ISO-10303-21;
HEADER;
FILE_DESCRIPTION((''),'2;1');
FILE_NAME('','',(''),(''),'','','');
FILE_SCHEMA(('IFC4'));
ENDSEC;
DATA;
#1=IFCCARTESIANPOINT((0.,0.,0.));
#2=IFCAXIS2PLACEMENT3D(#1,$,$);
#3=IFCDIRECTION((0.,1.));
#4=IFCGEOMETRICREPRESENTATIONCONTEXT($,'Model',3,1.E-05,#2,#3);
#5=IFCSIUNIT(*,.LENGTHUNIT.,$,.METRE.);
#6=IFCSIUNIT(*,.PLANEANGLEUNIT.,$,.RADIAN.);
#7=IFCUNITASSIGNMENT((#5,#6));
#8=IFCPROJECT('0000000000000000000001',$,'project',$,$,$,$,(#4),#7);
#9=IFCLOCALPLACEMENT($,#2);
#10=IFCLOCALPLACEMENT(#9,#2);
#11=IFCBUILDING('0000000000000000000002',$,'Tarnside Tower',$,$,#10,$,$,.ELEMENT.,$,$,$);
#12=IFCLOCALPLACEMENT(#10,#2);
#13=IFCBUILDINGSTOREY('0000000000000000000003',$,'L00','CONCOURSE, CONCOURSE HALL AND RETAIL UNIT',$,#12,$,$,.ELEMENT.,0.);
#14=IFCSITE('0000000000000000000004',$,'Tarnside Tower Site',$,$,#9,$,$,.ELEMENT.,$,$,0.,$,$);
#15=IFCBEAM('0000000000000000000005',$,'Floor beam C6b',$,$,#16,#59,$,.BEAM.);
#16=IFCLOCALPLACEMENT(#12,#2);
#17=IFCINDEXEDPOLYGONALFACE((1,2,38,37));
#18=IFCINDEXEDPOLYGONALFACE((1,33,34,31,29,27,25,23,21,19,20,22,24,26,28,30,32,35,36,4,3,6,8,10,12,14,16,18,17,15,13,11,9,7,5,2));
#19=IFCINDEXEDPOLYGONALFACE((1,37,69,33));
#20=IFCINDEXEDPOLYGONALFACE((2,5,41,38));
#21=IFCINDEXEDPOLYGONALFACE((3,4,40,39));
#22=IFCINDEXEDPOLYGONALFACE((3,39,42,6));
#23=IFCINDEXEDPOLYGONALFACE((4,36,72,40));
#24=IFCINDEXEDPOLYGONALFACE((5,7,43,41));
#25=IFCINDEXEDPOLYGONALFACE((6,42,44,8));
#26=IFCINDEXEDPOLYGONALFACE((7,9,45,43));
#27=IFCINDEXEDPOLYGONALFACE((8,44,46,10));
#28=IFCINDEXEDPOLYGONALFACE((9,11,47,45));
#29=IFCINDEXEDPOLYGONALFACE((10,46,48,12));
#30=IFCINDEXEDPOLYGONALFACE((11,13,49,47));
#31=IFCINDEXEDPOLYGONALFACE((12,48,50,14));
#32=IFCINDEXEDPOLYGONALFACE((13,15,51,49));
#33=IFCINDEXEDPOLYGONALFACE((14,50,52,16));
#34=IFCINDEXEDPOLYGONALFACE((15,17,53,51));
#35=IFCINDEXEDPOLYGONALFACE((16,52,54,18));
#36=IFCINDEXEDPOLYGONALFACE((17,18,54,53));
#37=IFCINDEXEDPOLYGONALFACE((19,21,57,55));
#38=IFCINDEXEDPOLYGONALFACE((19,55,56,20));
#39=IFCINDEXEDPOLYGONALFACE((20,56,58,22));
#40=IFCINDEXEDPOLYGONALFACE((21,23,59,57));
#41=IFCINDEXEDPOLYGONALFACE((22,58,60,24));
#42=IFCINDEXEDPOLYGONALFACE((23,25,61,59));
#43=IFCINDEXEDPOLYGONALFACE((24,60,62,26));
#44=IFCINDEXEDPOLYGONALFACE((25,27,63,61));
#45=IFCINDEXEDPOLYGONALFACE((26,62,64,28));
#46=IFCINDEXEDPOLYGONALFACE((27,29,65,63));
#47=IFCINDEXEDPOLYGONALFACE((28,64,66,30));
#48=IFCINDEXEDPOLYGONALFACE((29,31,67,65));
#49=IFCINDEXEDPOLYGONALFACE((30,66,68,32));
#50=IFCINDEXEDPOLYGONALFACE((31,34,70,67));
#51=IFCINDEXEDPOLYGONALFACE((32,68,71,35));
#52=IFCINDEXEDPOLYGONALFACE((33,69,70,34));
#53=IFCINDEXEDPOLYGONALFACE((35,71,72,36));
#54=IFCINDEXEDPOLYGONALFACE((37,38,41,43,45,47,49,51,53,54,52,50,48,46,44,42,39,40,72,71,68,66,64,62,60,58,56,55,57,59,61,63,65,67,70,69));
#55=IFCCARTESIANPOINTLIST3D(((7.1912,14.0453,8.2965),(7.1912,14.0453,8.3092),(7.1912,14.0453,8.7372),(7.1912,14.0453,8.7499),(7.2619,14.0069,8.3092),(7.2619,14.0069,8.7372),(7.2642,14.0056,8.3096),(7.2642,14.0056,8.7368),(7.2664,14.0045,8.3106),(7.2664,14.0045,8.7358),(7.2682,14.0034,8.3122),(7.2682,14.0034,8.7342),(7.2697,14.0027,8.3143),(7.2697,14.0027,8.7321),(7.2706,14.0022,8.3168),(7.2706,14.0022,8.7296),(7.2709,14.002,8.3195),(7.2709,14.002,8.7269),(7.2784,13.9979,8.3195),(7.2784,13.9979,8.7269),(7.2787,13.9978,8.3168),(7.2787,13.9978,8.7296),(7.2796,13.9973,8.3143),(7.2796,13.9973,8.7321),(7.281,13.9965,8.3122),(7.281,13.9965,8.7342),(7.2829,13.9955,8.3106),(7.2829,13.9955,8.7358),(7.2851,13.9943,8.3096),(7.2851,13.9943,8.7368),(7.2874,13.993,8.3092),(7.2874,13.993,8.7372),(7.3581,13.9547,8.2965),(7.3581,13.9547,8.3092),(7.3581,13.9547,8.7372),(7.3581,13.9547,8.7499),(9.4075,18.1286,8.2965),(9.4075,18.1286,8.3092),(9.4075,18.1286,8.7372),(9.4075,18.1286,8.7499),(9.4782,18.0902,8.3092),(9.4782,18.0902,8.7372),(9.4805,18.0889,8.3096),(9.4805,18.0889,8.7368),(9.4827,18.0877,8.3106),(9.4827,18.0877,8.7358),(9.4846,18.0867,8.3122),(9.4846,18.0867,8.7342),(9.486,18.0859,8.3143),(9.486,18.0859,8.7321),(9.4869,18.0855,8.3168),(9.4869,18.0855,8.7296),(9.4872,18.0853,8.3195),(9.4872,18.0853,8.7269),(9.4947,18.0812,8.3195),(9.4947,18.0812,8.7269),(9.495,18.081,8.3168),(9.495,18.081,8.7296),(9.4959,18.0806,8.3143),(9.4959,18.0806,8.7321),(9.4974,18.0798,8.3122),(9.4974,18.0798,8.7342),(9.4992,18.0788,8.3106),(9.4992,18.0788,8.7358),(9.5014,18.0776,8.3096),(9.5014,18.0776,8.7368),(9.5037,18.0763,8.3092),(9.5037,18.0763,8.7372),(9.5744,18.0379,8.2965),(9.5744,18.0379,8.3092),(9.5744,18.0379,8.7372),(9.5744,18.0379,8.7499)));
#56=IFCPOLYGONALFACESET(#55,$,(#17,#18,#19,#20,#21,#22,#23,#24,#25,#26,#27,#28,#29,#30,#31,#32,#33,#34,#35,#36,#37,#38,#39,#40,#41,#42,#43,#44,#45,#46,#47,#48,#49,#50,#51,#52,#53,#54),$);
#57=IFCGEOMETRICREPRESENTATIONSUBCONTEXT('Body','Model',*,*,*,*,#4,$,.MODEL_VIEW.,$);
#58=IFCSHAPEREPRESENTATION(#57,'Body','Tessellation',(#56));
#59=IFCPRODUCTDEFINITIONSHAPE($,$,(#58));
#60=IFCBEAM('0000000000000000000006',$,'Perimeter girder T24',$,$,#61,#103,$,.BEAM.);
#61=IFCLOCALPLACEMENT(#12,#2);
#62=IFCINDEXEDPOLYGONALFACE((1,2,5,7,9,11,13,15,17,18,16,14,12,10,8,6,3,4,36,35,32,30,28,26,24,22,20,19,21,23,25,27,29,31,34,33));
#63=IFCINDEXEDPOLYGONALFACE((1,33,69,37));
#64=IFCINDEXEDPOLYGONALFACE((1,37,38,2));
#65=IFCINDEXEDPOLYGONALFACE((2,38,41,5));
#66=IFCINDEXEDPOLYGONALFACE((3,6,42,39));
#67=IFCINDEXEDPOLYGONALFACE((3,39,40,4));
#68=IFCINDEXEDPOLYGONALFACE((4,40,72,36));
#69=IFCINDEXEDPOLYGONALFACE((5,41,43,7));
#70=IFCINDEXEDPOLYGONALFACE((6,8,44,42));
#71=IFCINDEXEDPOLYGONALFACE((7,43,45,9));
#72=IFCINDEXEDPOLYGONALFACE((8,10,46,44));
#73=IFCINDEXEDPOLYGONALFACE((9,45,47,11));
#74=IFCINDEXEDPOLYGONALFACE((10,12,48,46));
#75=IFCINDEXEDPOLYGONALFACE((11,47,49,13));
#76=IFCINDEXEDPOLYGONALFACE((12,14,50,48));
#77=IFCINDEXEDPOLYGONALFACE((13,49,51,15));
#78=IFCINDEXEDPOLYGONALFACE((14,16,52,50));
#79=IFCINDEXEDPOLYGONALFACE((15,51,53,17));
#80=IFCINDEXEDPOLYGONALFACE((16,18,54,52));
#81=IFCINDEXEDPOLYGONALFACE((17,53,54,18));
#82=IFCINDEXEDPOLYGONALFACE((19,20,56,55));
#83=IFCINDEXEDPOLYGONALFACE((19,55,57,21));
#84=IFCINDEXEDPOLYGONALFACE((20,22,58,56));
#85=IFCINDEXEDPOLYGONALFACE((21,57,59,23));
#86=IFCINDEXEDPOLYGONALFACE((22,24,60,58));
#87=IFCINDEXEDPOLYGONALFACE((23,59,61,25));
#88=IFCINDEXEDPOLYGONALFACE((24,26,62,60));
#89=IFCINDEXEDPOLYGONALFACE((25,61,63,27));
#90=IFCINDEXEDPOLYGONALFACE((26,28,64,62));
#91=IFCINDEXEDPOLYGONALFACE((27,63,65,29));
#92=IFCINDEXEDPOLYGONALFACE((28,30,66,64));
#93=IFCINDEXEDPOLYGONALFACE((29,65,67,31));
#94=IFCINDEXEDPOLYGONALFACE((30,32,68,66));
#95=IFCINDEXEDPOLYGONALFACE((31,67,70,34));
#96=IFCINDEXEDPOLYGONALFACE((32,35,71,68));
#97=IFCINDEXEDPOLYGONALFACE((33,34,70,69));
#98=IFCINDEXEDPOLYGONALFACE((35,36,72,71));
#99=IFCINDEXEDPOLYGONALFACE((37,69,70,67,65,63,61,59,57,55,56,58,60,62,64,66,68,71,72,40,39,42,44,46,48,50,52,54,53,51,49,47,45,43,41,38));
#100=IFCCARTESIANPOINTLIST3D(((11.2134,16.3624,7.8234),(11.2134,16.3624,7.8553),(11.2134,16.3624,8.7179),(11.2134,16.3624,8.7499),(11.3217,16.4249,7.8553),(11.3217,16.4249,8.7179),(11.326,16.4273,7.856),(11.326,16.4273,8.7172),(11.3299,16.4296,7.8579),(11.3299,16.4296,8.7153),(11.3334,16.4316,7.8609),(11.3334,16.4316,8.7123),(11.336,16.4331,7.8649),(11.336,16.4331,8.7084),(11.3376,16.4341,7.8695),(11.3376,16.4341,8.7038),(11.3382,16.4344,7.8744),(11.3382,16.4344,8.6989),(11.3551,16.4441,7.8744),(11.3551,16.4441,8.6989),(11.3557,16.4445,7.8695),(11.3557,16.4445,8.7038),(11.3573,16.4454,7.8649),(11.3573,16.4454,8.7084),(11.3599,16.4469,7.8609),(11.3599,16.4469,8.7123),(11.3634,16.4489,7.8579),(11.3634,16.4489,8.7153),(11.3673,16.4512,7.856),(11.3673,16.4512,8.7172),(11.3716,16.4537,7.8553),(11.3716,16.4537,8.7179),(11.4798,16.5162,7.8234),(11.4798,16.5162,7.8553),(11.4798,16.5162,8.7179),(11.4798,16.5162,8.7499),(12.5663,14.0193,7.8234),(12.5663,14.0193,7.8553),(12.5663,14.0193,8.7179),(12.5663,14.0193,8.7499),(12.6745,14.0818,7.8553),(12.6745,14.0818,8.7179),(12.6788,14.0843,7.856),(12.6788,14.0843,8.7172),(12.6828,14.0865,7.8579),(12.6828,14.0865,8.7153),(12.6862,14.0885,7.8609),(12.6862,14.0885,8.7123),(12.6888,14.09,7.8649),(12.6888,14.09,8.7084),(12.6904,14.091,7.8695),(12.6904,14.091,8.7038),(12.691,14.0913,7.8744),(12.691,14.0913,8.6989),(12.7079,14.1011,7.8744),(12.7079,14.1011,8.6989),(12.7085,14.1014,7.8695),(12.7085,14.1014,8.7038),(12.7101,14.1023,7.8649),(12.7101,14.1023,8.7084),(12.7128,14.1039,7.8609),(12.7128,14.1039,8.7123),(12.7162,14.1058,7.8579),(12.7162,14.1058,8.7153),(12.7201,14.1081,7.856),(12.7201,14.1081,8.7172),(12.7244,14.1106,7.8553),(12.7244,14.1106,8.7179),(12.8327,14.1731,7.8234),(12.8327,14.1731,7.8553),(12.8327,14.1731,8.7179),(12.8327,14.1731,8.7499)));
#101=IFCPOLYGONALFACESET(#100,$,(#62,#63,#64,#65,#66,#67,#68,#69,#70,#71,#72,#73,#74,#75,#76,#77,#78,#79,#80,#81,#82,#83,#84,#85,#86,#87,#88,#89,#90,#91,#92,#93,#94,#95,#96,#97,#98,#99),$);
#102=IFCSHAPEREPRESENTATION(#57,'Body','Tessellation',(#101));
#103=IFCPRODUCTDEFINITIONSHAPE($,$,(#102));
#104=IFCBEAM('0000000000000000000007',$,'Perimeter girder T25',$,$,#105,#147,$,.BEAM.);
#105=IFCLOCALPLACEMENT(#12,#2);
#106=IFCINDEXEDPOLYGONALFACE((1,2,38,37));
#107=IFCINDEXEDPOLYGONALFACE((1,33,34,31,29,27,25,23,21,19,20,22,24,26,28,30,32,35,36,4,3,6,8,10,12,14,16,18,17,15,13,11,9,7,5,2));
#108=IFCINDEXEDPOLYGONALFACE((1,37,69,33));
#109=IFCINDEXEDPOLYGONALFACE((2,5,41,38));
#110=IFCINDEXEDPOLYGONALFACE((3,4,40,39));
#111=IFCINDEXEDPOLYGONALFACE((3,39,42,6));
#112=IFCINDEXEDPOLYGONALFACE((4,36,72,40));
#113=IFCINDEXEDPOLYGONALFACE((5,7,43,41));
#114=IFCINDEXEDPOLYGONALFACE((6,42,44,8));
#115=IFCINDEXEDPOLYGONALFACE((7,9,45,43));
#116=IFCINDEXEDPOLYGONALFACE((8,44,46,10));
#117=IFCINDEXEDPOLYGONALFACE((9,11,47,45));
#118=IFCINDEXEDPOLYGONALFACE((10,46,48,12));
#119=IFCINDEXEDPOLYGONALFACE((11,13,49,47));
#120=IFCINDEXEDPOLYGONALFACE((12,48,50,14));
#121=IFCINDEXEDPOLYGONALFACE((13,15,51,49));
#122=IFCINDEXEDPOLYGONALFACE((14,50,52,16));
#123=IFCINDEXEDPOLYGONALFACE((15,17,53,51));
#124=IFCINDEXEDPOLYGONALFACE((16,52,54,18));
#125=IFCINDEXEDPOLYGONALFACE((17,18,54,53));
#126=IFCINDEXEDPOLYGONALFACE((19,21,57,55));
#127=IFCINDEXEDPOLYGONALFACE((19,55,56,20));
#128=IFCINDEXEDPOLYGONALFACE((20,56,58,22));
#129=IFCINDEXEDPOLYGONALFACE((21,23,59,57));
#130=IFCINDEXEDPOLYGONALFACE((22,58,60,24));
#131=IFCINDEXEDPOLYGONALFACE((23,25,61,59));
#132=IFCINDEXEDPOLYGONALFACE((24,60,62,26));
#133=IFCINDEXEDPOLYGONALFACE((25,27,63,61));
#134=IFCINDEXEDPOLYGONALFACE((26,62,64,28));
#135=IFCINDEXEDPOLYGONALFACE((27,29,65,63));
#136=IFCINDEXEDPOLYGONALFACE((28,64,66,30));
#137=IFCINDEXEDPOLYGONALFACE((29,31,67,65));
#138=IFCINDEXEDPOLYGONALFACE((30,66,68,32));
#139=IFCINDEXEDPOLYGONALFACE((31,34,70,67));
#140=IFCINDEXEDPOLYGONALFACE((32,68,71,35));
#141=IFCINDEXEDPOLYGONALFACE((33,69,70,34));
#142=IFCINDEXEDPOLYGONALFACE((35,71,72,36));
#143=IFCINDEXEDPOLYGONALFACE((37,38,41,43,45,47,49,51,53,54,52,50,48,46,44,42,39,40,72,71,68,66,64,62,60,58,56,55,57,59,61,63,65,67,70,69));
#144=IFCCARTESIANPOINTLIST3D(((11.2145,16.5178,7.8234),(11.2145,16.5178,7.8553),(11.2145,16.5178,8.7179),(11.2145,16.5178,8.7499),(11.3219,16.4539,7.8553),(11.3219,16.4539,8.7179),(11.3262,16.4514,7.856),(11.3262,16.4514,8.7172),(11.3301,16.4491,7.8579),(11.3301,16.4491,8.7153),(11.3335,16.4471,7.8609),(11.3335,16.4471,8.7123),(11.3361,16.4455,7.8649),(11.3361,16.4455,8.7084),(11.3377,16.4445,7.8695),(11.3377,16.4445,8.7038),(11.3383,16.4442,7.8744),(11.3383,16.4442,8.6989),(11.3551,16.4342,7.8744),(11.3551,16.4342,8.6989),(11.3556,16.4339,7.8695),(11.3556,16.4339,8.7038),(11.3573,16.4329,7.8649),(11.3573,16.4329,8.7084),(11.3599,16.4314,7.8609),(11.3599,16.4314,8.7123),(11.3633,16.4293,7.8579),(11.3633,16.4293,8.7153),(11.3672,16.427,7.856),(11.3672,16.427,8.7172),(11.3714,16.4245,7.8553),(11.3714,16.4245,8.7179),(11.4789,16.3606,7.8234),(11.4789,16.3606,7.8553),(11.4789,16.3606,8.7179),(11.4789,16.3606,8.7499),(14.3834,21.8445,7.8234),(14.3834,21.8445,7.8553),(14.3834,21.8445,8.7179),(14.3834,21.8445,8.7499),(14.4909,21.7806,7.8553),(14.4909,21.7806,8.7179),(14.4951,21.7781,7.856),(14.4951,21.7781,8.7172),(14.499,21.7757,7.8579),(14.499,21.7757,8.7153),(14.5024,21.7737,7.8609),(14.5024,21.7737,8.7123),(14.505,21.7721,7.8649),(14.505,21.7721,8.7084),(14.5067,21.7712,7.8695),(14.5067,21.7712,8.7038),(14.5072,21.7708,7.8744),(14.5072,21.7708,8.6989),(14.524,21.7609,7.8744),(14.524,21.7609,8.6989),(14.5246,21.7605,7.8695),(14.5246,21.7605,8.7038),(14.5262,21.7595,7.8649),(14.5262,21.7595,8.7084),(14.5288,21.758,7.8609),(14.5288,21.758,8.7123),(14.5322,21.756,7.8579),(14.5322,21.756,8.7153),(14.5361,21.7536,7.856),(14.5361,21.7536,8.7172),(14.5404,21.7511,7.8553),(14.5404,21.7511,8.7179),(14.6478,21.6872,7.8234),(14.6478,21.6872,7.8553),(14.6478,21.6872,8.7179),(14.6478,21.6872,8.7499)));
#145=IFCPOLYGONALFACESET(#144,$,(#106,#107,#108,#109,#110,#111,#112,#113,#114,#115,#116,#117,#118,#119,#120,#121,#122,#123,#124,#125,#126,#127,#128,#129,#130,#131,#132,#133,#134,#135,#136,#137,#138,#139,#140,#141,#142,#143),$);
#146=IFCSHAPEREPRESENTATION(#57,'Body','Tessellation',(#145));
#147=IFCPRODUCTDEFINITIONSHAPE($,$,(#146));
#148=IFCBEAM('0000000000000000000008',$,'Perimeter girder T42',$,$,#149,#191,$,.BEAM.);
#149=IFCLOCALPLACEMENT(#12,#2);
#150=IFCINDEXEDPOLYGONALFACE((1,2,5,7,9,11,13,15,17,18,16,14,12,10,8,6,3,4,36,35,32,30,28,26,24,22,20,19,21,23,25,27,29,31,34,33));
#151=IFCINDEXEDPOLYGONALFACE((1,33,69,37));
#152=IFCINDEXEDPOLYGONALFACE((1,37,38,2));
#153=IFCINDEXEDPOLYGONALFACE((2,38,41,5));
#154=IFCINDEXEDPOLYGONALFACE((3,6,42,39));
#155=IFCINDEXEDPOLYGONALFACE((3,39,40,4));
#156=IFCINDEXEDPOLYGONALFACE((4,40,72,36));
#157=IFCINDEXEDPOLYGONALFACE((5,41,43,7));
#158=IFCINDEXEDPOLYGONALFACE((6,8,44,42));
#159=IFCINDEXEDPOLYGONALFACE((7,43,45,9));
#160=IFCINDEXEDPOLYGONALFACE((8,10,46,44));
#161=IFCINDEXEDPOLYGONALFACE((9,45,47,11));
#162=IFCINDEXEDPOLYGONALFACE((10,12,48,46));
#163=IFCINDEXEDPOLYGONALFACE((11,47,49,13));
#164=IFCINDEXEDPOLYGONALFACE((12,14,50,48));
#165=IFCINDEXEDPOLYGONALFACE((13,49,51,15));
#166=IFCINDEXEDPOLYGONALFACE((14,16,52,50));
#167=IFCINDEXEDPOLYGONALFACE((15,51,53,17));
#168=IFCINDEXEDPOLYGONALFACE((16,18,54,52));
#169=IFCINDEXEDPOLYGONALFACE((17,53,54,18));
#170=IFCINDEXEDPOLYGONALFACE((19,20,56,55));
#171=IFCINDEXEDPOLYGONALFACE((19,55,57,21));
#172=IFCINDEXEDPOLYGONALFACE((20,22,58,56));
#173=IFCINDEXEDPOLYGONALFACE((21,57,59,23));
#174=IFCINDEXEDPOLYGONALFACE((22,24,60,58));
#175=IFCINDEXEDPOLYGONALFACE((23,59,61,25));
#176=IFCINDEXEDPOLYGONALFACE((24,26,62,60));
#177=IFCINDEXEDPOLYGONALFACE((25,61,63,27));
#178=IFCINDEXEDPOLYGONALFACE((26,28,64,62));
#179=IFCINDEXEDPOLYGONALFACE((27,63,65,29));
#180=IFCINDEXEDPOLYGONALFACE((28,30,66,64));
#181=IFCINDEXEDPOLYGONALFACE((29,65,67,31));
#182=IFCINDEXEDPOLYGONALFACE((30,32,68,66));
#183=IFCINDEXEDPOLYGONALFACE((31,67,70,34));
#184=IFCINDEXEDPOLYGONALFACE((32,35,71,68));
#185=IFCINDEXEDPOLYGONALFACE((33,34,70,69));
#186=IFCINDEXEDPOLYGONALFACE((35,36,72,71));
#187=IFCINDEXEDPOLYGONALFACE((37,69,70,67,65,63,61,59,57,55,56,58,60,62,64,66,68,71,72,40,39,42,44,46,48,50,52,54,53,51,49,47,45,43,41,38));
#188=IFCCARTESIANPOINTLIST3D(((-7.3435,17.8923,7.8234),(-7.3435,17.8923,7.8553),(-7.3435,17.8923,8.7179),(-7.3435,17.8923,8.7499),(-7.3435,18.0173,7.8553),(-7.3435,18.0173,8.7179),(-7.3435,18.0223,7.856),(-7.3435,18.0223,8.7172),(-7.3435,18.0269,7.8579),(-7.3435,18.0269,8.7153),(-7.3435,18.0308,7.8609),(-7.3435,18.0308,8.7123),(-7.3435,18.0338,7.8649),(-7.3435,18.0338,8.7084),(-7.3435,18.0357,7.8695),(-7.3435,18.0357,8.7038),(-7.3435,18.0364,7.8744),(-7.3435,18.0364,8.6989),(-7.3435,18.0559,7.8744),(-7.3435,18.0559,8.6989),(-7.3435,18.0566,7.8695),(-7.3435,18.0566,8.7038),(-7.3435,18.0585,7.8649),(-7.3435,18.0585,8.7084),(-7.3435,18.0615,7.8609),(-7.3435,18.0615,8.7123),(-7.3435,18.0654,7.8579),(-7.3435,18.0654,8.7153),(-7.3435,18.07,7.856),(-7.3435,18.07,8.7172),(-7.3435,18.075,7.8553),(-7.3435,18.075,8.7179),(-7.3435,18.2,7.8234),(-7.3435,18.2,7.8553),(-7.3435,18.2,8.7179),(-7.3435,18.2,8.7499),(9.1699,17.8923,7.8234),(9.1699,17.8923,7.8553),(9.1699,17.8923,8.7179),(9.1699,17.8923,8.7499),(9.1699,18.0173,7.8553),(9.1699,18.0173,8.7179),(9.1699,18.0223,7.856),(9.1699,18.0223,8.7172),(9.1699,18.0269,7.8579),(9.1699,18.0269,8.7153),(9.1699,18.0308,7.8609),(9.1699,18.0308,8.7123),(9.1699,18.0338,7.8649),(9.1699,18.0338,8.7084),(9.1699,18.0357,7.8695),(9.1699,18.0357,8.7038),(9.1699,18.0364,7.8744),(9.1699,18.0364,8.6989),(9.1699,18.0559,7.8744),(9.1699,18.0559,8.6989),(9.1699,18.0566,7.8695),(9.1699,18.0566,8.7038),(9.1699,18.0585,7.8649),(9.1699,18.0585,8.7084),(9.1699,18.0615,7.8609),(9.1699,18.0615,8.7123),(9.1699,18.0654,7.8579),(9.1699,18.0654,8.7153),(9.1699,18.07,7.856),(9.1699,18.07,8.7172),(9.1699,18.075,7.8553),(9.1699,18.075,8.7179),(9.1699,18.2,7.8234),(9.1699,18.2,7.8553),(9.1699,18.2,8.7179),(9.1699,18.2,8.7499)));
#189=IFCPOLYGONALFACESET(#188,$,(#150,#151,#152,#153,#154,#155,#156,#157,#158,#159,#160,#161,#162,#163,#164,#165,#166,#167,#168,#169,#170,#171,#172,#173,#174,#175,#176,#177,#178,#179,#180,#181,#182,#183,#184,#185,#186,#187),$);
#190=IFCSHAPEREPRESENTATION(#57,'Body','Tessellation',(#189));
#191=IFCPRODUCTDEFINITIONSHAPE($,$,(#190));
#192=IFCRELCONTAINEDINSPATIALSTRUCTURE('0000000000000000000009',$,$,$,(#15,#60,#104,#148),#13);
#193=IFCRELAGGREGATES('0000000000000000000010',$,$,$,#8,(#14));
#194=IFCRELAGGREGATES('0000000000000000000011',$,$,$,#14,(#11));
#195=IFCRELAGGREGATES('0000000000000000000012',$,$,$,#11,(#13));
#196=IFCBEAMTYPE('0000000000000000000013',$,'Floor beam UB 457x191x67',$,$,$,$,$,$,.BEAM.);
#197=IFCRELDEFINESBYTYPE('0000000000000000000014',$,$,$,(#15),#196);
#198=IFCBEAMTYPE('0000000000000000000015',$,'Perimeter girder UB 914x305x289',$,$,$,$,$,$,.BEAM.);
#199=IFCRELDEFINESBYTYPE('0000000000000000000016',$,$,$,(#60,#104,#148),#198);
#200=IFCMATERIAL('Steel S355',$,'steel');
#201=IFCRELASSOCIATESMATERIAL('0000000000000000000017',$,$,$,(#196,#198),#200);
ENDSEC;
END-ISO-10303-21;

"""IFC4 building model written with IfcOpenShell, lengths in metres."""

from ifc_helpers import new_model, si_unit, direction, frame, origin, origin_2d, place, context, subcontext, project, spatial, i_section, extrude, material, material_profile, profile_set, type_object, element, save


model = new_model("IFC4")

# Units and contexts
model_context = context("Model", 3, precision=1e-05, world=origin(), true_north=direction((0.0, 1.0)))
body_context = subcontext(model_context, "Body", "Model", "MODEL_VIEW")
ifc_project = project(units=[si_unit("LENGTHUNIT", "METRE"), si_unit("PLANEANGLEUNIT", "RADIAN")], contexts=[model_context])

# Site, building, storey
site_placement = place(None, origin())
site = spatial("IfcSite", under=ifc_project, at=site_placement, Name="Tarnside Tower Site", CompositionType="ELEMENT", RefElevation=0.0)
building_placement = place(site_placement, origin())
building = spatial("IfcBuilding", under=site, at=building_placement, Name="Tarnside Tower", CompositionType="ELEMENT")
storey_placement = place(building_placement, origin())
storey = spatial("IfcBuildingStorey", under=building, at=storey_placement, Name="L00", Description="CONCOURSE, CONCOURSE HALL AND RETAIL UNIT", CompositionType="ELEMENT", Elevation=0.0)

# Beams
ifc_material_1 = material(Name="Steel S355", Category="steel")
ifc_material_profile_1 = material_profile(ifc_material_1, i_section(OverallWidth=0.1899, OverallDepth=0.4534, WebThickness=0.0085, FlangeThickness=0.0127, FilletRadius=0.0103, at=origin_2d()), Name="UB 457x191x67")
ifc_profile_set_1 = profile_set([ifc_material_profile_1], Name="Steel S355")
beam_type_1 = type_object("IfcBeamType", Name="Floor beam UB 457x191x67", PredefinedType="BEAM", material=ifc_profile_set_1)
beam_1_placement = place(storey_placement, frame((9.491, 18.0833, 8.5232), z_axis=(-0.47704, -0.878882, 0.0), x_axis=(0.878882, -0.47704, 0.0)))
element("IfcBeam", 1, at=beam_1_placement, inside=storey, type_object=beam_type_1, Name="Floor beam C6b", PredefinedType="BEAM", context=body_context, shape_type="SweptSolid", body=[
    extrude(i_section(OverallWidth=0.1899, OverallDepth=0.4534, WebThickness=0.0085, FlangeThickness=0.0127, FilletRadius=0.0103, at=origin_2d()), origin(), (0.0, 0.0, 1.0), 4.646),
])
ifc_material_profile_2 = material_profile(ifc_material_1, i_section(OverallWidth=0.3076, OverallDepth=0.9265, WebThickness=0.0195, FlangeThickness=0.032, FilletRadius=0.019, at=origin_2d()), Name="UB 914x305x289")
ifc_profile_set_2 = profile_set([ifc_material_profile_2], Name="Steel S355")
beam_type_2 = type_object("IfcBeamType", Name="Perimeter girder UB 914x305x289", PredefinedType="BEAM", material=ifc_profile_set_2)
beam_2_placement = place(storey_placement, frame((12.6995, 14.0962, 8.2866), z_axis=(-0.500011, 0.866019, 0.0), x_axis=(-0.866019, -0.500011, 0.0)))
element("IfcBeam", 2, at=beam_2_placement, inside=storey, type_object=beam_type_2, Name="Perimeter girder T24", PredefinedType="BEAM", context=body_context, shape_type="SweptSolid", body=[
    extrude(i_section(OverallWidth=0.3076, OverallDepth=0.9265, WebThickness=0.0195, FlangeThickness=0.032, FilletRadius=0.019, at=origin_2d()), origin(), (0.0, 0.0, 1.0), 2.7056),
])
beam_3_placement = place(storey_placement, frame((11.3467, 16.4392, 8.2866), z_axis=(0.511283, 0.859412, 0.0), x_axis=(-0.859412, 0.511283, 0.0)))
element("IfcBeam", 3, at=beam_3_placement, inside=storey, type_object=beam_type_2, Name="Perimeter girder T25", PredefinedType="BEAM", context=body_context, shape_type="SweptSolid", body=[
    extrude(i_section(OverallWidth=0.3076, OverallDepth=0.9265, WebThickness=0.0195, FlangeThickness=0.032, FilletRadius=0.019, at=origin_2d()), origin(), (0.0, 0.0, 1.0), 6.198),
])
beam_4_placement = place(storey_placement, frame((9.1699, 18.0461, 8.2866), z_axis=(-1.0, 0.0, 0.0), x_axis=(0.0, -1.0, 0.0)))
element("IfcBeam", 4, at=beam_4_placement, inside=storey, type_object=beam_type_2, Name="Perimeter girder T42", PredefinedType="BEAM", context=body_context, shape_type="SweptSolid", body=[
    extrude(i_section(OverallWidth=0.3076, OverallDepth=0.9265, WebThickness=0.0195, FlangeThickness=0.032, FilletRadius=0.019, at=origin_2d()), origin(), (0.0, 0.0, 1.0), 16.5134),
])

save(model, "model.ifc")
